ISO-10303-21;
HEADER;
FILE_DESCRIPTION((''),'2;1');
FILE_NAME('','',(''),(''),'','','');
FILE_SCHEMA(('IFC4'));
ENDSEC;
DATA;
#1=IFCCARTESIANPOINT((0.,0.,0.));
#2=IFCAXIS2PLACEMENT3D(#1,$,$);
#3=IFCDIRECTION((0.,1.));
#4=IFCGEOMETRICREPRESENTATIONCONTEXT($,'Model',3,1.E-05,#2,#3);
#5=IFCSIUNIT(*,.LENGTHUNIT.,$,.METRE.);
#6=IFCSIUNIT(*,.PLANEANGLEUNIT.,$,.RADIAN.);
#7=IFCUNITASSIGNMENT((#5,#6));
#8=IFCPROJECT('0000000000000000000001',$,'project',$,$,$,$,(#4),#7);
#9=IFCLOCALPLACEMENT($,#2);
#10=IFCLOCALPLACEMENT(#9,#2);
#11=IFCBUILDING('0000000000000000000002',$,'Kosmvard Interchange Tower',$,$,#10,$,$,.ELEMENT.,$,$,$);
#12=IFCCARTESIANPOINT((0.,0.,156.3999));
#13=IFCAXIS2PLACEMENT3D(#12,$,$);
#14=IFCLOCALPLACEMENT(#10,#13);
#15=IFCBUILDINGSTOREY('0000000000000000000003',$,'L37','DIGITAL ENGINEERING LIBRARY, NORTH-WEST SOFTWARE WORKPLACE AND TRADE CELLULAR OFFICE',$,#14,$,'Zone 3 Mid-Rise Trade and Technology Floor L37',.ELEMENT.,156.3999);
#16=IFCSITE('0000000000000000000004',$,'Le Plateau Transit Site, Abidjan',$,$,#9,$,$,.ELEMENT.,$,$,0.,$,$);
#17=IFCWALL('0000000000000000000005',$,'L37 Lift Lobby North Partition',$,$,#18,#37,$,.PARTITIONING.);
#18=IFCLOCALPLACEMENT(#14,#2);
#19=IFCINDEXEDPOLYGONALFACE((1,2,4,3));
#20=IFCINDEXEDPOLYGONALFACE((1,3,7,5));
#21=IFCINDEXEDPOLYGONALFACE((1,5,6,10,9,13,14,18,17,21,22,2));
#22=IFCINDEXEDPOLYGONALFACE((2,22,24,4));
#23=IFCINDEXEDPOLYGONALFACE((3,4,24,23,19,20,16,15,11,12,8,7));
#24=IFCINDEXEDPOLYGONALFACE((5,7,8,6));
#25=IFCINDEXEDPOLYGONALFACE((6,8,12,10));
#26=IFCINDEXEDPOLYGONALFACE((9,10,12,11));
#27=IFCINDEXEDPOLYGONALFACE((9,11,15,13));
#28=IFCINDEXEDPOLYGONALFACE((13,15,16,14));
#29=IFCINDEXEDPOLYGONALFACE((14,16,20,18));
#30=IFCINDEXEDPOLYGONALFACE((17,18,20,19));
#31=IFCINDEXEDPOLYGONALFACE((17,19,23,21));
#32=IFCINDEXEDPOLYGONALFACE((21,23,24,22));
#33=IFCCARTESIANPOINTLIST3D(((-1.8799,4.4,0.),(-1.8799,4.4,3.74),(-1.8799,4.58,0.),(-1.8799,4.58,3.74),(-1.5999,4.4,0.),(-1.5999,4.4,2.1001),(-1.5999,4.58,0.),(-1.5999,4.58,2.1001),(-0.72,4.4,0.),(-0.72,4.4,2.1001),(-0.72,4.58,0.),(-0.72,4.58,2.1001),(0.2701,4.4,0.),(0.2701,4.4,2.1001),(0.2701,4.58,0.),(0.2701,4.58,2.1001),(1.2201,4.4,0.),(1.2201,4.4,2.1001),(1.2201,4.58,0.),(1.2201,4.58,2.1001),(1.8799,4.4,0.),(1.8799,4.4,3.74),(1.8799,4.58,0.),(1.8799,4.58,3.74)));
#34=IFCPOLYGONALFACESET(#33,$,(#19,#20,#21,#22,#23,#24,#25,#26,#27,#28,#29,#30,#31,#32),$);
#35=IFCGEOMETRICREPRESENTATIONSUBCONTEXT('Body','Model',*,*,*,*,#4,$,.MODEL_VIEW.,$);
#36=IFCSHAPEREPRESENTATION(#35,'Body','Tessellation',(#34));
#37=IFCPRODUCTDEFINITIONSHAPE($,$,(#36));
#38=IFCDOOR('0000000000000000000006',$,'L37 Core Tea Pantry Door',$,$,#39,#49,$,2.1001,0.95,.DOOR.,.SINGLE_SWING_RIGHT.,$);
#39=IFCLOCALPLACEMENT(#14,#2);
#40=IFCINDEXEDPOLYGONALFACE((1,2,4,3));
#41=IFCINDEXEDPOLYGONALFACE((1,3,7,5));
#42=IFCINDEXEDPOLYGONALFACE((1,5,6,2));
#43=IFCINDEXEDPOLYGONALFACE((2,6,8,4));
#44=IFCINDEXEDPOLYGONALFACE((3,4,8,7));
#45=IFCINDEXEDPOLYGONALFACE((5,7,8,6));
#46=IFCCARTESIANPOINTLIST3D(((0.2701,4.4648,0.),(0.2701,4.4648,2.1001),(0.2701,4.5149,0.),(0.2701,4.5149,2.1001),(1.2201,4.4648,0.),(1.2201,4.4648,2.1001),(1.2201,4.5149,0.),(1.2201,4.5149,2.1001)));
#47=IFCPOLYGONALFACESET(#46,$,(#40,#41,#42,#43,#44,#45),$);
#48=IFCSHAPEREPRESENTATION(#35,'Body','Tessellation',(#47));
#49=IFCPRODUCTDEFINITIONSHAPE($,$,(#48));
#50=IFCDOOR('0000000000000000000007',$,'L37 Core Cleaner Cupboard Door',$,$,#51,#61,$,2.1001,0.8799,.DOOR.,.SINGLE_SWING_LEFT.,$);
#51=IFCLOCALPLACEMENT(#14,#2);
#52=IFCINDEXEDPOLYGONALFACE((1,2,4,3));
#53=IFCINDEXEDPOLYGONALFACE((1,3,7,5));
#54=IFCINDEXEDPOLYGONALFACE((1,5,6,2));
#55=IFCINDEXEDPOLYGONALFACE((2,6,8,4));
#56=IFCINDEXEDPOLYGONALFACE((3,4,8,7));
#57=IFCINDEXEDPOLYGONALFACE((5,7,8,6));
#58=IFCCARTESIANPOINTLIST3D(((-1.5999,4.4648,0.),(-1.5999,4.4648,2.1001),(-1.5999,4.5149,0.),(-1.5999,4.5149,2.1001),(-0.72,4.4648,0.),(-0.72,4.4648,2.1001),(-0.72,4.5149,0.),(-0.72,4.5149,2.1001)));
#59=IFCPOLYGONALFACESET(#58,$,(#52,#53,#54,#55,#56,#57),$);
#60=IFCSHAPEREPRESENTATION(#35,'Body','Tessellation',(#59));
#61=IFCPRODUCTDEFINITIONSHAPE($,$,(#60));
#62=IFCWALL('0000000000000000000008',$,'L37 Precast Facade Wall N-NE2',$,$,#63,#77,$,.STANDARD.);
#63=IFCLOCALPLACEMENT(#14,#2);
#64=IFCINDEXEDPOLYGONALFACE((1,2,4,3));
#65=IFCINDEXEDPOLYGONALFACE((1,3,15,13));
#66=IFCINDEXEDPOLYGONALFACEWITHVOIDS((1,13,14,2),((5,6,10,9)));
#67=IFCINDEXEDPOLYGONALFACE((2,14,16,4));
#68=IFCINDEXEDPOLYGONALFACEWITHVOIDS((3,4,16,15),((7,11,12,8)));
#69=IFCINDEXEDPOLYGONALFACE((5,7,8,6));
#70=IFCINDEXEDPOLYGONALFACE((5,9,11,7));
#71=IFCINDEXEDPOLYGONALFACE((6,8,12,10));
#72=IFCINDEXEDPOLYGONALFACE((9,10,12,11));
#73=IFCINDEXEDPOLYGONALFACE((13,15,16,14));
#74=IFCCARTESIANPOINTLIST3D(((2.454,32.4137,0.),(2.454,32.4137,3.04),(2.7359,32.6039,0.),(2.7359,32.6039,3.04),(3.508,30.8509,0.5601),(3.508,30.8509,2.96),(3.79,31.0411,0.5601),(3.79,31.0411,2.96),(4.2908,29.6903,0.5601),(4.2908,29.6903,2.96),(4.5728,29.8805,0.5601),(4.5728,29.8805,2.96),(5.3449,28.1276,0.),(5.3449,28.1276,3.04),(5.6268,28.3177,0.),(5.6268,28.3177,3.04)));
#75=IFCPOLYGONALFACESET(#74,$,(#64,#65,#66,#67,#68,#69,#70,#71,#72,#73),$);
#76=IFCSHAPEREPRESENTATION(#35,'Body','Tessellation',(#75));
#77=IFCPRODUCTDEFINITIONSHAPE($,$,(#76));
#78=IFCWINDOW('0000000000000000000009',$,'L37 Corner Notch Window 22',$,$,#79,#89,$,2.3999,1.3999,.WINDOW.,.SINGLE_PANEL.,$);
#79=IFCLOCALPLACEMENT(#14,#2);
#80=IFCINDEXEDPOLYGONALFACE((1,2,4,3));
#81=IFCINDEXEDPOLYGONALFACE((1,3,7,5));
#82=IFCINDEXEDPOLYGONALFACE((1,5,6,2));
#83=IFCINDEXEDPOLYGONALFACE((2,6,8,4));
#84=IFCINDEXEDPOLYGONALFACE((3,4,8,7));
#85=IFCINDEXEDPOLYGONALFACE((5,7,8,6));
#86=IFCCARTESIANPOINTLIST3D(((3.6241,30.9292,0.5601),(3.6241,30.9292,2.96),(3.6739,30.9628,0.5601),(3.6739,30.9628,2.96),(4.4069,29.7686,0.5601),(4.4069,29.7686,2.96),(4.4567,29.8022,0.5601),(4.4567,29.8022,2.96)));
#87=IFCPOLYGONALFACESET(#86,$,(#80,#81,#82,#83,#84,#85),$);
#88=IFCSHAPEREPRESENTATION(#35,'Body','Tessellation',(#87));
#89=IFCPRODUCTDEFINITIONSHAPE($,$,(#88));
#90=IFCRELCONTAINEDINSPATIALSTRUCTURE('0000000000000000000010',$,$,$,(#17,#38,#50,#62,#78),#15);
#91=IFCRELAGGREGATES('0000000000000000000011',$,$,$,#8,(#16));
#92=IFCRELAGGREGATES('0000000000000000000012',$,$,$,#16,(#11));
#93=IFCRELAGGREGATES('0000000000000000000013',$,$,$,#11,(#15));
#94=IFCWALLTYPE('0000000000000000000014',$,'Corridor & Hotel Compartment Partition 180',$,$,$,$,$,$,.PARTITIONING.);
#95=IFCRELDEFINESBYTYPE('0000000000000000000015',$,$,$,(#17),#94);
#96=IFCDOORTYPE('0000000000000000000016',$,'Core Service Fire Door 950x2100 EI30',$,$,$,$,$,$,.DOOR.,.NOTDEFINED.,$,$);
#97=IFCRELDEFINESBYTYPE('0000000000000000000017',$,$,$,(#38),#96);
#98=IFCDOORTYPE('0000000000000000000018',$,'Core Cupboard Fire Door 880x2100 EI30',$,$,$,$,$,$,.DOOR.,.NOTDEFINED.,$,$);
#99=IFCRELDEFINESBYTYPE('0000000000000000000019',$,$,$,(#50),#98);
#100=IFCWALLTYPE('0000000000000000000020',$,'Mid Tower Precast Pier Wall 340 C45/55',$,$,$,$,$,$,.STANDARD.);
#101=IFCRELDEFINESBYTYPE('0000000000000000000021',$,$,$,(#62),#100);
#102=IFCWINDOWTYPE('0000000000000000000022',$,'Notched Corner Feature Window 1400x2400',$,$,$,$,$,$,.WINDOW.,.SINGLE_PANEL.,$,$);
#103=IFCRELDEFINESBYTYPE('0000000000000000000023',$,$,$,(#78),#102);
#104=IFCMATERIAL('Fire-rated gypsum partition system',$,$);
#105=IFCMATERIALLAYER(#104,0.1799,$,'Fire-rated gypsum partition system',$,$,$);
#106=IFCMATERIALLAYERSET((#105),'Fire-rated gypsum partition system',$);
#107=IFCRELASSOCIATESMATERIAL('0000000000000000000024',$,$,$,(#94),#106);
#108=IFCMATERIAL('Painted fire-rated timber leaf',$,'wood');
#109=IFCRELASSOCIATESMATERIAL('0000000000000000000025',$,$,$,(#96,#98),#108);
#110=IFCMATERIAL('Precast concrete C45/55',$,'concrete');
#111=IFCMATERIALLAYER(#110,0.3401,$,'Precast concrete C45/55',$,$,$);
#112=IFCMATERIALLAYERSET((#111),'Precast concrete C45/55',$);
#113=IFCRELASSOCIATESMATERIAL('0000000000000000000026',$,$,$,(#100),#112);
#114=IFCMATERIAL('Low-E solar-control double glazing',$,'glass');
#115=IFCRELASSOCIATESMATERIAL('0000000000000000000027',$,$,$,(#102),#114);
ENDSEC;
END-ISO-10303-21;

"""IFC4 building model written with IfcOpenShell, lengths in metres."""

from ifc_helpers import new_model, si_unit, direction, frame, frame_2d, origin, place, context, subcontext, project, spatial, rectangle, extrude, source, transform, mapped, material, layer, layer_set, type_object, element, fill, save


model = new_model("IFC4")

# Units and contexts
model_context = context("Model", 3, precision=1e-05, world=origin(), true_north=direction((0.0, 1.0)))
body_context = subcontext(model_context, "Body", "Model", "MODEL_VIEW")
ifc_project = project(units=[si_unit("LENGTHUNIT", "METRE"), si_unit("PLANEANGLEUNIT", "RADIAN")], contexts=[model_context])

# Site, building, storey
site_placement = place(None, origin())
site = spatial("IfcSite", under=ifc_project, at=site_placement, Name="Le Plateau Transit Site, Abidjan", CompositionType="ELEMENT", RefElevation=0.0)
building_placement = place(site_placement, origin())
building = spatial("IfcBuilding", under=site, at=building_placement, Name="Kosmvard Interchange Tower", CompositionType="ELEMENT")
storey_placement = place(building_placement, frame((0.0, 0.0, 156.3999)))
storey = spatial("IfcBuildingStorey", under=building, at=storey_placement, Name="L37", Description="DIGITAL ENGINEERING LIBRARY, NORTH-WEST SOFTWARE WORKPLACE AND TRADE CELLULAR OFFICE", LongName="Zone 3 Mid-Rise Trade and Technology Floor L37", CompositionType="ELEMENT", Elevation=156.3999)

# Shared definitions
ifc_material_1 = material(Name="Fire-rated gypsum partition system")

# Wall, openings, doors
ifc_layer_1 = layer(ifc_material_1, 0.1799, Name="Fire-rated gypsum partition system")
ifc_layer_set_1 = layer_set([ifc_layer_1], Name="Fire-rated gypsum partition system")
wall_type_1 = type_object("IfcWallType", Name="Corridor & Hotel Compartment Partition 180", PredefinedType="PARTITIONING", material=ifc_layer_set_1)
wall_1_placement = place(storey_placement, frame((-1.8799, 4.49, 0.0), z_axis=(0.0, 0.0, 1.0), x_axis=(1.0, 0.0, 0.0)))
wall_1 = element("IfcWall", 1, at=wall_1_placement, inside=storey, type_object=wall_type_1, Name="L37 Lift Lobby North Partition", PredefinedType="PARTITIONING", context=body_context, shape_type="SweptSolid", body=[
    extrude(rectangle(XDim=3.7598, YDim=0.1799, at=frame_2d((1.8799, 0.0))), origin(), (0.0, 0.0, 1.0), 3.74),
])
opening_1_placement = place(wall_1_placement, frame((0.28, 0.0, 0.0)))
opening_1 = element("IfcOpeningElement", 2, at=opening_1_placement, cuts=wall_1, PredefinedType="OPENING", context=body_context, shape_type="SweptSolid", body=[
    extrude(rectangle(XDim=0.8799, YDim=2.1001, at=frame_2d((0.4399, 1.05))), frame((0.0, 0.1001, 0.0), z_axis=(0.0, -1.0, 0.0), x_axis=(1.0, 0.0, 0.0)), (0.0, 0.0, 1.0), 0.2),
])
opening_2_placement = place(wall_1_placement, frame((2.1499, 0.0, 0.0)))
opening_2 = element("IfcOpeningElement", 3, at=opening_2_placement, cuts=wall_1, PredefinedType="OPENING", context=body_context, shape_type="SweptSolid", body=[
    extrude(rectangle(XDim=0.95, YDim=2.1001, at=frame_2d((0.4751, 1.05))), frame((0.0, 0.1001, 0.0), z_axis=(0.0, -1.0, 0.0), x_axis=(1.0, 0.0, 0.0)), (0.0, 0.0, 1.0), 0.2),
])
ifc_material_2 = material(Name="Painted fire-rated timber leaf", Category="wood")
door_type_1 = type_object("IfcDoorType", Name="Core Service Fire Door 950x2100 EI30", OperationType="NOTDEFINED", PredefinedType="DOOR", material=ifc_material_2)
shared_shape_1 = source(origin(), body_context, "Body", "SweptSolid", [
    extrude(rectangle(XDim=0.95, YDim=2.1001, at=frame_2d((0.4751, 1.05))), frame((0.0, 0.0249, 0.0), z_axis=(0.0, -1.0, 0.0), x_axis=(1.0, 0.0, 0.0)), (0.0, 0.0, 1.0), 0.05),
])
door_1_placement = place(opening_2_placement, origin())
door_1 = element("IfcDoor", 4, at=door_1_placement, inside=storey, type_object=door_type_1, Name="L37 Core Tea Pantry Door", OperationType="SINGLE_SWING_RIGHT", OverallHeight=2.1001, OverallWidth=0.95, PredefinedType="DOOR", context=body_context, shape_type="MappedRepresentation", body=[
    mapped(shared_shape_1, transform((0.0, 0.0, 0.0), scale=1.0)),
])
fill(opening_2, door_1)
door_type_2 = type_object("IfcDoorType", Name="Core Cupboard Fire Door 880x2100 EI30", OperationType="NOTDEFINED", PredefinedType="DOOR", material=ifc_material_2)
shared_shape_2 = source(origin(), body_context, "Body", "SweptSolid", [
    extrude(rectangle(XDim=0.8799, YDim=2.1001, at=frame_2d((0.4399, 1.05))), frame((0.0, 0.0249, 0.0), z_axis=(0.0, -1.0, 0.0), x_axis=(1.0, 0.0, 0.0)), (0.0, 0.0, 1.0), 0.05),
])
door_2_placement = place(opening_1_placement, origin())
door_2 = element("IfcDoor", 5, at=door_2_placement, inside=storey, type_object=door_type_2, Name="L37 Core Cleaner Cupboard Door", OperationType="SINGLE_SWING_LEFT", OverallHeight=2.1001, OverallWidth=0.8799, PredefinedType="DOOR", context=body_context, shape_type="MappedRepresentation", body=[
    mapped(shared_shape_2, transform((0.0, 0.0, 0.0), scale=1.0)),
])
fill(opening_1, door_2)

# Wall, opening, window
ifc_material_3 = material(Name="Precast concrete C45/55", Category="concrete")
ifc_layer_2 = layer(ifc_material_3, 0.3401, Name="Precast concrete C45/55")
ifc_layer_set_2 = layer_set([ifc_layer_2], Name="Precast concrete C45/55")
wall_type_2 = type_object("IfcWallType", Name="Mid Tower Precast Pier Wall 340 C45/55", PredefinedType="STANDARD", material=ifc_layer_set_2)
wall_2_placement = place(storey_placement, frame((5.4858, 28.2227, 0.0), z_axis=(0.0, 0.0, 1.0), x_axis=(-0.559171, 0.829052, 0.0)))
wall_2 = element("IfcWall", 6, at=wall_2_placement, inside=storey, type_object=wall_type_2, Name="L37 Precast Facade Wall N-NE2", PredefinedType="STANDARD", context=body_context, shape_type="SweptSolid", body=[
    extrude(rectangle(XDim=5.1699, YDim=0.3401, at=frame_2d((2.585, 0.0))), origin(), (0.0, 0.0, 1.0), 3.04),
])
opening_3_placement = place(wall_2_placement, frame((1.885, 0.0, 0.5601)))
opening_3 = element("IfcOpeningElement", 7, at=opening_3_placement, cuts=wall_2, PredefinedType="OPENING", context=body_context, shape_type="SweptSolid", body=[
    extrude(rectangle(XDim=1.3999, YDim=2.3999, at=frame_2d((0.7, 1.2))), frame((0.0, 0.1802, 0.0), z_axis=(0.0, -1.0, 0.0), x_axis=(1.0, 0.0, 0.0)), (0.0, 0.0, 1.0), 0.3601),
])
ifc_material_4 = material(Name="Low-E solar-control double glazing", Category="glass")
window_type_1 = type_object("IfcWindowType", Name="Notched Corner Feature Window 1400x2400", PartitioningType="SINGLE_PANEL", PredefinedType="WINDOW", material=ifc_material_4)
shared_shape_3 = source(origin(), body_context, "Body", "SweptSolid", [
    extrude(rectangle(XDim=1.3999, YDim=2.3999, at=frame_2d((0.7, 1.2))), frame((0.0, 0.03, 0.0), z_axis=(0.0, -1.0, 0.0), x_axis=(1.0, 0.0, 0.0)), (0.0, 0.0, 1.0), 0.0601),
])
window_1_placement = place(opening_3_placement, origin())
window_1 = element("IfcWindow", 8, at=window_1_placement, inside=storey, type_object=window_type_1, Name="L37 Corner Notch Window 22", OverallHeight=2.3999, OverallWidth=1.3999, PartitioningType="SINGLE_PANEL", PredefinedType="WINDOW", context=body_context, shape_type="MappedRepresentation", body=[
    mapped(shared_shape_3, transform((0.0, 0.0, 0.0), scale=1.0)),
])
fill(opening_3, window_1)

save(model, "model.ifc")
